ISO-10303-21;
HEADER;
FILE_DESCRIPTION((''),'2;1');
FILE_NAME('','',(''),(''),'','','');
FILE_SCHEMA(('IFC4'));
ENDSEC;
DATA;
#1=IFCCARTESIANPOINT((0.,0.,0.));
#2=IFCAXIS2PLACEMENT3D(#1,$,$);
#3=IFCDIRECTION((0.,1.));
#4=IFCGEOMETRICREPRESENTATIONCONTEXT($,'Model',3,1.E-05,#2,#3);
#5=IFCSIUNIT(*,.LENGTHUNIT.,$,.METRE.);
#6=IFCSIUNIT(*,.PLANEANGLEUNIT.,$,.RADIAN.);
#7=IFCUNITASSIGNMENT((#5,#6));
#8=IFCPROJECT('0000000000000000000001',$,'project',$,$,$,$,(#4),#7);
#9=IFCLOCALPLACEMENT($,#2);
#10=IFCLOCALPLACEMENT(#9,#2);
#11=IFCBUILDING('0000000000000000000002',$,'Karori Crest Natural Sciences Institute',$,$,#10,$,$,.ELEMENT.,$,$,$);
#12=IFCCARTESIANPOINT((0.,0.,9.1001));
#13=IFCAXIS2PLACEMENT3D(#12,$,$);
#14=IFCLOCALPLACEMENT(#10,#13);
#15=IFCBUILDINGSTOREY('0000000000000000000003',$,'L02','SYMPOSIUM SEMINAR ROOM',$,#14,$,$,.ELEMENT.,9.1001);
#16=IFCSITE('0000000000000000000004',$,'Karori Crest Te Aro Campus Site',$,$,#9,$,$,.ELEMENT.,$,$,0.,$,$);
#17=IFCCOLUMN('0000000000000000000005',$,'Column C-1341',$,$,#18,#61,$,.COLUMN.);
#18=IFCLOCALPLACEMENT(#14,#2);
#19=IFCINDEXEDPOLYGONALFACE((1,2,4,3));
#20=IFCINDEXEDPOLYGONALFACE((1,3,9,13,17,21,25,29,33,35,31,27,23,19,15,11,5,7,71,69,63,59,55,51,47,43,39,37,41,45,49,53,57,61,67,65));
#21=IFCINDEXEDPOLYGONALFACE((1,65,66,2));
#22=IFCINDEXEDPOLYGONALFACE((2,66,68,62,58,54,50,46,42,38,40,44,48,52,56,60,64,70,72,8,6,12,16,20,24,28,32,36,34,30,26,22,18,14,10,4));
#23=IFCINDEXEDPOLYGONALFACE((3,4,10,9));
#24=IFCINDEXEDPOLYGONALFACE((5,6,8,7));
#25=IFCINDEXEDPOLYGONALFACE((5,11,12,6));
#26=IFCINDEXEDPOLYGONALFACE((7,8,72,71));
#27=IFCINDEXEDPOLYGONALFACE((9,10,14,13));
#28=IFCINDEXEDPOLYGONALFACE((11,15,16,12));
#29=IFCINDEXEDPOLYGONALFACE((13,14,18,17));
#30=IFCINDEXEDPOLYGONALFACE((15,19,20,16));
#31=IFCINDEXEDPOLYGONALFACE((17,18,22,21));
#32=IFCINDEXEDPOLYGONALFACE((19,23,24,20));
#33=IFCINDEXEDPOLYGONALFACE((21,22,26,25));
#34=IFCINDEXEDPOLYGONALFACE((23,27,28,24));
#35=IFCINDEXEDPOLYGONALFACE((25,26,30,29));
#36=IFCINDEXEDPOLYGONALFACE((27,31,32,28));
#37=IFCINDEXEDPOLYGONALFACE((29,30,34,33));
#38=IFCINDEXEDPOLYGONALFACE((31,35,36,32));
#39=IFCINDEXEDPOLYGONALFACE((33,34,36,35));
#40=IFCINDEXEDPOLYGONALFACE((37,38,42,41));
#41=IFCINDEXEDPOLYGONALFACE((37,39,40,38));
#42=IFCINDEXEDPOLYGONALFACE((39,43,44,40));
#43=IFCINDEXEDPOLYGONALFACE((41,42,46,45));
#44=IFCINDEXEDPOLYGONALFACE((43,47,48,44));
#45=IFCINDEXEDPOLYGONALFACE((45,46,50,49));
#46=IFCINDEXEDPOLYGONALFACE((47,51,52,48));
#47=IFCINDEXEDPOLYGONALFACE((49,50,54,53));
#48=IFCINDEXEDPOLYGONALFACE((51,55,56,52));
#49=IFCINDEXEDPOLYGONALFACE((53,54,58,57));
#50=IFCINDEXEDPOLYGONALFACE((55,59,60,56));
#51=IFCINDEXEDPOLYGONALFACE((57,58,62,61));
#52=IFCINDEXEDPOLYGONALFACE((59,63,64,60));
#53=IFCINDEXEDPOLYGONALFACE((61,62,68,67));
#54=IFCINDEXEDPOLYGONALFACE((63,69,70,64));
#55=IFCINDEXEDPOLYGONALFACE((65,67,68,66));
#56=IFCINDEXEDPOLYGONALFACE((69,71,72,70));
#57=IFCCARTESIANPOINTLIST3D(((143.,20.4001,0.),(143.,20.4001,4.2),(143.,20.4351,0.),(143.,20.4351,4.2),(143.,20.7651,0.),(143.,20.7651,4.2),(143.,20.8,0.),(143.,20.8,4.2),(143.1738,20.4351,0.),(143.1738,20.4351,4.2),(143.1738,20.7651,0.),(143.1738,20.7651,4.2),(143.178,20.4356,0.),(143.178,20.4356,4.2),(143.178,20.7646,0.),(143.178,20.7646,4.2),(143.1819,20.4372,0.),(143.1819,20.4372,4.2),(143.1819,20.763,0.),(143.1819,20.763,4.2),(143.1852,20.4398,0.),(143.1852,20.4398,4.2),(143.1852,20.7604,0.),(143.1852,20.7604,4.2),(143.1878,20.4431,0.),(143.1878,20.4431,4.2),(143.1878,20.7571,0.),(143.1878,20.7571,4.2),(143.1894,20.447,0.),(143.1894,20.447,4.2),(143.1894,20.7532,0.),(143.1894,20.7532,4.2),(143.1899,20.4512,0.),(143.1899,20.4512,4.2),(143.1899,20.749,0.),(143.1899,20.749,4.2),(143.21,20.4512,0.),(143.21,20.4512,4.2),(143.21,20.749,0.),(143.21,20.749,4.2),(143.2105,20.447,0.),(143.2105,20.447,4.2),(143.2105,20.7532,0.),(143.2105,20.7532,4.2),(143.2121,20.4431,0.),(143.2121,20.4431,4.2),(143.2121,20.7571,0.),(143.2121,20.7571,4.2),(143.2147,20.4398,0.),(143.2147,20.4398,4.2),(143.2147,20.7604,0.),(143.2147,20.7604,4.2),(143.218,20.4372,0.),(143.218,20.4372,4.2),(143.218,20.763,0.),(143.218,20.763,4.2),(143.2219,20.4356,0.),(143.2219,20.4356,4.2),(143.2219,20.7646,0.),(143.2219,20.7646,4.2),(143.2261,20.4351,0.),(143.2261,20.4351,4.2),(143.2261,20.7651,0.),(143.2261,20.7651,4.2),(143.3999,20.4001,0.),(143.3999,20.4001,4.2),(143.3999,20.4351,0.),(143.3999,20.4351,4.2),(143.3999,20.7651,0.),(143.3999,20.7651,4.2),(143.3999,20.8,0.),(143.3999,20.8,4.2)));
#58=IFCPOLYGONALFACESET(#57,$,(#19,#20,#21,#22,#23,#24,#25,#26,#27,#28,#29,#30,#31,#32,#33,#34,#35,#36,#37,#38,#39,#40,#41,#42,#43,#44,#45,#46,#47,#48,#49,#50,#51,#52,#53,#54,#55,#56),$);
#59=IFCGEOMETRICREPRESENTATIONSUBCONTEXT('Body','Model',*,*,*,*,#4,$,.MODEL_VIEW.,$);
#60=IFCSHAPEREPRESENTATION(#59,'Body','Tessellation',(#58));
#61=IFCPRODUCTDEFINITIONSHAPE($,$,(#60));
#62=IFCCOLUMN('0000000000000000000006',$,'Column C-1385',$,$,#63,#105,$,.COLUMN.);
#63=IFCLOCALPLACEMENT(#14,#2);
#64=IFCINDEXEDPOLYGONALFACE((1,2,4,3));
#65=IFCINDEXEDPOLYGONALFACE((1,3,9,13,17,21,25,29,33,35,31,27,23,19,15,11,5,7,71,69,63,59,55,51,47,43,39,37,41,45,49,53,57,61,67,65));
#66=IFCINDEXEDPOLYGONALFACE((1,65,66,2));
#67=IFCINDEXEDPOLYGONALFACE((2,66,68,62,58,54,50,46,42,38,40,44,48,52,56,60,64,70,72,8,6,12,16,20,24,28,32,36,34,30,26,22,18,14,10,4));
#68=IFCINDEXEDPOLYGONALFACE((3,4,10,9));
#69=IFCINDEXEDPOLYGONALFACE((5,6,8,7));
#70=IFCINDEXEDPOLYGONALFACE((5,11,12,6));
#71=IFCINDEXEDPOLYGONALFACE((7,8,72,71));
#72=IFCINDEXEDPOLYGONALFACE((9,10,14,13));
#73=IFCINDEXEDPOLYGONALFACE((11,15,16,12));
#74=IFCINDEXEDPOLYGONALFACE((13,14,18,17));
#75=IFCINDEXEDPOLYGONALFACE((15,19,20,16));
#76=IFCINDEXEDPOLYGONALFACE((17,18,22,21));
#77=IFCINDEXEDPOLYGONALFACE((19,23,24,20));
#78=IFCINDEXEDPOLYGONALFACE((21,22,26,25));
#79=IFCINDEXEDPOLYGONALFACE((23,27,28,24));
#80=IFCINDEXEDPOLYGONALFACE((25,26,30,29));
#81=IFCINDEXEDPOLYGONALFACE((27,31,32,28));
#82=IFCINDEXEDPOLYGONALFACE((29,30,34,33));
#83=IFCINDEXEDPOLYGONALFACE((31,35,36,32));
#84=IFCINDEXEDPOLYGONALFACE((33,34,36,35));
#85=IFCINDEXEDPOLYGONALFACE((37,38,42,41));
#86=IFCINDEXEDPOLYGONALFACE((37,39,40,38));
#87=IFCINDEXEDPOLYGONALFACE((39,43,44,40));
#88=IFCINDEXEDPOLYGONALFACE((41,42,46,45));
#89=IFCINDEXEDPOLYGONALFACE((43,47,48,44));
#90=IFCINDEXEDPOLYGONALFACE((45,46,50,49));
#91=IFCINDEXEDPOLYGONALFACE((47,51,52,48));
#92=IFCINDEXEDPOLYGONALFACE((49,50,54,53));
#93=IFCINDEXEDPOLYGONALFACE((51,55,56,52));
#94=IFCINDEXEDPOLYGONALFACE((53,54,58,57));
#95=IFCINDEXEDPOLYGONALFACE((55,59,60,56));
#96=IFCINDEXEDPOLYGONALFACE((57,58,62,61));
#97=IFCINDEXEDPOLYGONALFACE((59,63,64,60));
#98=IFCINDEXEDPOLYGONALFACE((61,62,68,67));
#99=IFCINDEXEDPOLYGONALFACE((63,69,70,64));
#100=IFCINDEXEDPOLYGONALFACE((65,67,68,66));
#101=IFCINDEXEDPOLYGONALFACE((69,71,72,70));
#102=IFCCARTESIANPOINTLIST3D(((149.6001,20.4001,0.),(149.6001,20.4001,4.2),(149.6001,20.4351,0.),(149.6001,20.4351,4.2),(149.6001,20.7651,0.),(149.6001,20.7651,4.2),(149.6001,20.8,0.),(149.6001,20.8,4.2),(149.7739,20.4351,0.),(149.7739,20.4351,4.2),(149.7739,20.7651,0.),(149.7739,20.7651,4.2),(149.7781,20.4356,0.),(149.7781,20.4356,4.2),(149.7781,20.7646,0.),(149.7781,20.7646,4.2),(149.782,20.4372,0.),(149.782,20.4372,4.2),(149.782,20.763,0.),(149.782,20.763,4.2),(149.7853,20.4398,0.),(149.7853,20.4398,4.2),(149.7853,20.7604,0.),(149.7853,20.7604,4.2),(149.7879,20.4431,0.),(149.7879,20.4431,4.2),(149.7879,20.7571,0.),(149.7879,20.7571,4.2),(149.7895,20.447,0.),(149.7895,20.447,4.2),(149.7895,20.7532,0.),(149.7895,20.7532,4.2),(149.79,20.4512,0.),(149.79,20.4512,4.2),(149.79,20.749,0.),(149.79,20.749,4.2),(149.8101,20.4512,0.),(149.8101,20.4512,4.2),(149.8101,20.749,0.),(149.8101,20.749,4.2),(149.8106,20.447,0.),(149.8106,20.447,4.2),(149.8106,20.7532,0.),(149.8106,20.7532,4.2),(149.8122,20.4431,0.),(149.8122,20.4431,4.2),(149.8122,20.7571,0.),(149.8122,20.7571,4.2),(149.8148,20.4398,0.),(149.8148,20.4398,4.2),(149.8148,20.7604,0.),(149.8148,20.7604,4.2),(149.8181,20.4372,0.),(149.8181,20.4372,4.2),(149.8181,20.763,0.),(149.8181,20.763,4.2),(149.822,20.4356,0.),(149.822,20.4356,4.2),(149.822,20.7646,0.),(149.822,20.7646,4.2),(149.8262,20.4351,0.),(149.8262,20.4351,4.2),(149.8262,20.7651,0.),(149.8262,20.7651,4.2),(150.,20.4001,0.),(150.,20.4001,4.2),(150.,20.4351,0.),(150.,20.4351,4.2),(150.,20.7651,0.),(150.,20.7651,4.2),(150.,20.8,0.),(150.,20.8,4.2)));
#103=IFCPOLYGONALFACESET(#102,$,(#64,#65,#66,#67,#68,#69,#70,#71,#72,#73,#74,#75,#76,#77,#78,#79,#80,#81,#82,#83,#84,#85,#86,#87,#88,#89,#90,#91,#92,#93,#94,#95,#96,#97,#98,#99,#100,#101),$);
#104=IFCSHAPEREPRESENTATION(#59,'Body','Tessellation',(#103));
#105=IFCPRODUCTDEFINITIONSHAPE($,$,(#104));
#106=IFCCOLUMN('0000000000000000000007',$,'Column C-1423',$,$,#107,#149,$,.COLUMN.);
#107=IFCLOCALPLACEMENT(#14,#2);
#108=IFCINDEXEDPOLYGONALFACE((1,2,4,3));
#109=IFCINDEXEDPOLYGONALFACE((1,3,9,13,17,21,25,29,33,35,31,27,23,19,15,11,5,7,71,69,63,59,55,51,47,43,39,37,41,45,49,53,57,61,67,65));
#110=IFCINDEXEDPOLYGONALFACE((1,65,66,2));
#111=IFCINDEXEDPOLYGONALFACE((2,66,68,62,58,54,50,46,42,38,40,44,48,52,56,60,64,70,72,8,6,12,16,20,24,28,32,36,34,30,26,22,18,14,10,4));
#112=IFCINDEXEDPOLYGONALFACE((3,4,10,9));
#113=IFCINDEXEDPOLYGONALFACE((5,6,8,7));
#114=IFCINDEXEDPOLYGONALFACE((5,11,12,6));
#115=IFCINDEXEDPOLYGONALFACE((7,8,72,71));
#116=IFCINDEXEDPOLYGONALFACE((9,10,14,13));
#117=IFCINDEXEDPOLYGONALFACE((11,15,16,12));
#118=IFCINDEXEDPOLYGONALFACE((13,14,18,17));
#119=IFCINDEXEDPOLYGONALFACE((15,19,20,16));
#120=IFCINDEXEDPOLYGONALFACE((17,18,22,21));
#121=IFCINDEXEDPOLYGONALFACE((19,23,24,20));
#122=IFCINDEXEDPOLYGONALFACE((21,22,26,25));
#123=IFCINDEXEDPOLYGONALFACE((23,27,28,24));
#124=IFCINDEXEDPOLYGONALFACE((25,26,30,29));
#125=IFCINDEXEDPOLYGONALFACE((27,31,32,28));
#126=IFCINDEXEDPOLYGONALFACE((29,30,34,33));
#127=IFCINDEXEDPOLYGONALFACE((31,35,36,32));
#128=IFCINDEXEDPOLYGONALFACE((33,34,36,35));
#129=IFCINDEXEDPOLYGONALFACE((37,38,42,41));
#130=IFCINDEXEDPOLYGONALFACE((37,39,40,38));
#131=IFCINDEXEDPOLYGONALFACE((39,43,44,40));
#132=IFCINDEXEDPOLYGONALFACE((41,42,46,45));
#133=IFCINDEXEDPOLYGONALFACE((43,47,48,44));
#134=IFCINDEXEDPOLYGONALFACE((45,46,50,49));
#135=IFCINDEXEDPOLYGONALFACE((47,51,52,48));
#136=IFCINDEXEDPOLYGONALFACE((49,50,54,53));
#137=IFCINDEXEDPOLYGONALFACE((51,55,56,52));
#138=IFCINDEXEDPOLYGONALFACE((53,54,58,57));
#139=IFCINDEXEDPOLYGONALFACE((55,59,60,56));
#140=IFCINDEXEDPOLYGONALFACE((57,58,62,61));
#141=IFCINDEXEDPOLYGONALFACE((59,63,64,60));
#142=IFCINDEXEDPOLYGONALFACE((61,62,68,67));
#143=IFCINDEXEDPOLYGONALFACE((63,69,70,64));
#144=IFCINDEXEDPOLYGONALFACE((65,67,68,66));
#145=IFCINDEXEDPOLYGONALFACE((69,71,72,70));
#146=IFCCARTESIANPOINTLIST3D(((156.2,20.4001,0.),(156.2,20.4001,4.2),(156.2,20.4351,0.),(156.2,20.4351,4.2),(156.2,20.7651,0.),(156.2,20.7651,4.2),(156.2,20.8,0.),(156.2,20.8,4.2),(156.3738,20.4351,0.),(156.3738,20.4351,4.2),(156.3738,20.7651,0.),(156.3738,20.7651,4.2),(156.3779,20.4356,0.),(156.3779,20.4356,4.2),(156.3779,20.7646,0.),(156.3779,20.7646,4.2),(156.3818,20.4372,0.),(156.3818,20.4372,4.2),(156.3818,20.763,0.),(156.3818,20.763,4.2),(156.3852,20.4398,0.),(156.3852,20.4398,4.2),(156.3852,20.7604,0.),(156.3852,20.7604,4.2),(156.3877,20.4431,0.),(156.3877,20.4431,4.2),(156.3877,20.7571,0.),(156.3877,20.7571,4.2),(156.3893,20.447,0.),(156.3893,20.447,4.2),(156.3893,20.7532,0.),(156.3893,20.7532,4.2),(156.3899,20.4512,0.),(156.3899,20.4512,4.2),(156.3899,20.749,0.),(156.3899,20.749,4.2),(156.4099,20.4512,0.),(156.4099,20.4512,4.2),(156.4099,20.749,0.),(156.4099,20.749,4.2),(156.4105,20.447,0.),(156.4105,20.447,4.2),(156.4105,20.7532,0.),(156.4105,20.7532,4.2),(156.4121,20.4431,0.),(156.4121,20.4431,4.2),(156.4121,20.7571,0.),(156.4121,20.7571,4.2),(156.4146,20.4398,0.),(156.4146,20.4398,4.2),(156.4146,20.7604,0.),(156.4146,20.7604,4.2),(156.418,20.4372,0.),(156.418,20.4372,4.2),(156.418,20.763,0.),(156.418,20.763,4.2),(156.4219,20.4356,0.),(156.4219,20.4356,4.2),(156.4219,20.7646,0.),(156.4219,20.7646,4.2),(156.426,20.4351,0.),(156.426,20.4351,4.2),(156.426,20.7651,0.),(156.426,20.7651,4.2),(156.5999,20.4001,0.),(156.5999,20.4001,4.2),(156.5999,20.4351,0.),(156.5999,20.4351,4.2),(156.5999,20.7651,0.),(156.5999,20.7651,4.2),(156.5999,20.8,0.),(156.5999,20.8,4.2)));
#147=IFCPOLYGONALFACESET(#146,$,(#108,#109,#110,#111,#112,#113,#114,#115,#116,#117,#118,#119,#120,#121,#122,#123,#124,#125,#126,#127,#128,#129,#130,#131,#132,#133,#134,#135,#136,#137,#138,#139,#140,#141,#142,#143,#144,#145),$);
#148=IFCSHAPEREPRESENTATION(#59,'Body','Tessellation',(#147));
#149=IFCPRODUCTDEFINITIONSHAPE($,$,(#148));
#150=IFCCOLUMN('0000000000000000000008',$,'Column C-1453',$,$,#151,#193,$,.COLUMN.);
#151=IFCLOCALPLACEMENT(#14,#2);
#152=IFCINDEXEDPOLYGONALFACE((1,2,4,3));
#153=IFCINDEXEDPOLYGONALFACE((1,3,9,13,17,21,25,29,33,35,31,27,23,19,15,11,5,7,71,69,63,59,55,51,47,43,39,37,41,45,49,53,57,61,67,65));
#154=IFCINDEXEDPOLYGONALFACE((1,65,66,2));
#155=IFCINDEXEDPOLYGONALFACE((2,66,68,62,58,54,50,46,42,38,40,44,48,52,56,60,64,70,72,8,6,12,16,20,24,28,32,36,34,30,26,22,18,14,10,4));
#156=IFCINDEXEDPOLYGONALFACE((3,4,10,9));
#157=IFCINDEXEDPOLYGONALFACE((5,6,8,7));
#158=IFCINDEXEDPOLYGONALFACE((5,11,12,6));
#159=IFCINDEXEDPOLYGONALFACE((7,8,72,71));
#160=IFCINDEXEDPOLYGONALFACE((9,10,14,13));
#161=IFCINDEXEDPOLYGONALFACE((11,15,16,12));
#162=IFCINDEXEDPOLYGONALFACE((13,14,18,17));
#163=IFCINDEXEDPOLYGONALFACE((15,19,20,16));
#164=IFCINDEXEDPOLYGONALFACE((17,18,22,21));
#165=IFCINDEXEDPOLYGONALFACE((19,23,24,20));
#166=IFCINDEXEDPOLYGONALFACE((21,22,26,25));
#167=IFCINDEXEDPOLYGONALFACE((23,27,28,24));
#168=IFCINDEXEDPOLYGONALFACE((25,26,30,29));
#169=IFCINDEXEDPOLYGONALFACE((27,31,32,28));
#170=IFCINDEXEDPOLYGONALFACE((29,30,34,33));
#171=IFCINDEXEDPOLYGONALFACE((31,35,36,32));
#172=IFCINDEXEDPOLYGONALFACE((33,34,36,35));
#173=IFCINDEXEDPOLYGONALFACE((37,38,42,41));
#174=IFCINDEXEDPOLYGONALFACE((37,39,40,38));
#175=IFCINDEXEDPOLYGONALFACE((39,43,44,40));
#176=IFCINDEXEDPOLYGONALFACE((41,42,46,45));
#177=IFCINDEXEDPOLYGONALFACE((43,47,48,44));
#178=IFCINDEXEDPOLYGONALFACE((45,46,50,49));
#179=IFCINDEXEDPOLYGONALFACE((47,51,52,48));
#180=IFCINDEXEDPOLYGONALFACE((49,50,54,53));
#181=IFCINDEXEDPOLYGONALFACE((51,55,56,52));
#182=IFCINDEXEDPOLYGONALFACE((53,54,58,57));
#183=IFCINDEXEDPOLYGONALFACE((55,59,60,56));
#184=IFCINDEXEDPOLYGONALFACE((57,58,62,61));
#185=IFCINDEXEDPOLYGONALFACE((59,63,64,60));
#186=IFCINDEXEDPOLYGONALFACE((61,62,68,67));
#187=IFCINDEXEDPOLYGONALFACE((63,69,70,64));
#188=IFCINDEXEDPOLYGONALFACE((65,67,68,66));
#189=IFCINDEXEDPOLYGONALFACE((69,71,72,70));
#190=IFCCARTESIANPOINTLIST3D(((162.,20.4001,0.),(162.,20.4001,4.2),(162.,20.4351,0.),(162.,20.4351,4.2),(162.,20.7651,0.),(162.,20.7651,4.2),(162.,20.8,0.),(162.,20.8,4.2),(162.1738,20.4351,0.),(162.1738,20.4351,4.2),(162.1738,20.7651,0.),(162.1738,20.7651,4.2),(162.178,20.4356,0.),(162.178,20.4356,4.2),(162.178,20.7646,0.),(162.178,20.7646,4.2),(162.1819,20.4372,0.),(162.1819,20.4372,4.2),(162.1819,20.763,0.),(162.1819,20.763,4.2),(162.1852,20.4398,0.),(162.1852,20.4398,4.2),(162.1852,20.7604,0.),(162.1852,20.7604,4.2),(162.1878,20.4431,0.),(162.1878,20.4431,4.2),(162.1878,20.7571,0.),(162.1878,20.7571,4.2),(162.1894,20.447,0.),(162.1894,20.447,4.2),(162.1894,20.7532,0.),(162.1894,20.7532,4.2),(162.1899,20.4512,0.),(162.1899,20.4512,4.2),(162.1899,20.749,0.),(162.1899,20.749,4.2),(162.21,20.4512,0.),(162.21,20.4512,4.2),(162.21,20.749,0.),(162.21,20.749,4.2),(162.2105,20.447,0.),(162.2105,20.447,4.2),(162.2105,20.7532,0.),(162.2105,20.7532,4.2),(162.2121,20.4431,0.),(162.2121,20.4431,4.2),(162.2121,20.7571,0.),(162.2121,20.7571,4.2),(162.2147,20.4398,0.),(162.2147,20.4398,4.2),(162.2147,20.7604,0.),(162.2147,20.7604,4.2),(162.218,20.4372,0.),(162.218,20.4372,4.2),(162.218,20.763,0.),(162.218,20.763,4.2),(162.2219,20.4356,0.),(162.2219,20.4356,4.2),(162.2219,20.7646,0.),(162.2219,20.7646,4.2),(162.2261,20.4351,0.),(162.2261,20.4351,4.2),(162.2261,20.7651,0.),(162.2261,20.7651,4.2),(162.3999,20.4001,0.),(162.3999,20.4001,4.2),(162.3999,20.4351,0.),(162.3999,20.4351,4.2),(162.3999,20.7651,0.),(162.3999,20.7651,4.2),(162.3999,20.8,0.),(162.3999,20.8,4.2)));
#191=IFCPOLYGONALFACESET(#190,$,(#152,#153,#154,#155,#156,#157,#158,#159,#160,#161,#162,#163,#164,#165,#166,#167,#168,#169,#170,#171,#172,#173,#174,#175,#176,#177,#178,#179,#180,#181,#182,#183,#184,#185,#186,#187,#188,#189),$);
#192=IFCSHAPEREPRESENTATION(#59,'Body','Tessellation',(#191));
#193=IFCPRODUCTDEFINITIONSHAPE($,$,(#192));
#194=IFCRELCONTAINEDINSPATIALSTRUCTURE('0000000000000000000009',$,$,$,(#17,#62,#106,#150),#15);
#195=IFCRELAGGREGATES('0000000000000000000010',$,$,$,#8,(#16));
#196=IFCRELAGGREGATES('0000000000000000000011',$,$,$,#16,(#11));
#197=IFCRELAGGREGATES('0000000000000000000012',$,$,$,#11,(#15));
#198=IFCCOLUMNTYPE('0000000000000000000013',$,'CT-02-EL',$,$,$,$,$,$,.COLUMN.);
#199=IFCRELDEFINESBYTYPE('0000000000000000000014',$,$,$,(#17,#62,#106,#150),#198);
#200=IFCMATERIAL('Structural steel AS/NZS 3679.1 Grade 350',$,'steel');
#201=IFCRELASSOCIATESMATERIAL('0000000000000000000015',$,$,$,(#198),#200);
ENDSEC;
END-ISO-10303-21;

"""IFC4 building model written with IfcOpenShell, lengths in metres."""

from ifc_helpers import new_model, si_unit, direction, frame, origin, origin_2d, place, context, subcontext, project, spatial, i_section, extrude, material, material_profile, profile_set, type_object, element, save


model = new_model("IFC4")

# Units and contexts
model_context = context("Model", 3, precision=1e-05, world=origin(), true_north=direction((0.0, 1.0)))
body_context = subcontext(model_context, "Body", "Model", "MODEL_VIEW")
ifc_project = project(units=[si_unit("LENGTHUNIT", "METRE"), si_unit("PLANEANGLEUNIT", "RADIAN")], contexts=[model_context])

# Site, building, storey
site_placement = place(None, origin())
site = spatial("IfcSite", under=ifc_project, at=site_placement, Name="Karori Crest Te Aro Campus Site", CompositionType="ELEMENT", RefElevation=0.0)
building_placement = place(site_placement, origin())
building = spatial("IfcBuilding", under=site, at=building_placement, Name="Karori Crest Natural Sciences Institute", CompositionType="ELEMENT")
storey_placement = place(building_placement, frame((0.0, 0.0, 9.1001)))
storey = spatial("IfcBuildingStorey", under=building, at=storey_placement, Name="L02", Description="SYMPOSIUM SEMINAR ROOM", CompositionType="ELEMENT", Elevation=9.1001)

# Columns
ifc_material_1 = material(Name="Structural steel AS/NZS 3679.1 Grade 350", Category="steel")
ifc_material_profile_1 = material_profile(ifc_material_1, i_section(OverallWidth=0.3999, OverallDepth=0.3999, WebThickness=0.02, FlangeThickness=0.0349, FilletRadius=0.0161, at=origin_2d()), Name="400WC328")
ifc_profile_set_1 = profile_set([ifc_material_profile_1], Name="Structural steel AS/NZS 3679.1 Grade 350")
column_type_1 = type_object("IfcColumnType", Name="CT-02-EL", PredefinedType="COLUMN", material=ifc_profile_set_1)
for number, where, z_axis, x_axis, name in (
    (1, (143.2, 20.6001, 0.0), (0.0, 0.0, 1.0), (1.0, 0.0, 0.0), "Column C-1341"),
    (2, (149.8, 20.6001, 0.0), (0.0, 0.0, 1.0), (1.0, 0.0, 0.0), "Column C-1385"),
    (3, (156.3999, 20.6001, 0.0), (0.0, 0.0, 1.0), (1.0, 0.0, 0.0), "Column C-1423"),
    (4, (162.2, 20.6001, 0.0), (0.0, 0.0, 1.0), (1.0, 0.0, 0.0), "Column C-1453"),
):
    element("IfcColumn", number, at=place(storey_placement, frame(where, z_axis=z_axis, x_axis=x_axis)), inside=storey, type_object=column_type_1, Name=name, PredefinedType="COLUMN", context=body_context, shape_type="SweptSolid", body=[
        extrude(i_section(OverallWidth=0.3999, OverallDepth=0.3999, WebThickness=0.02, FlangeThickness=0.0349, FilletRadius=0.0161, at=origin_2d()), origin(), (0.0, 0.0, 1.0), 4.2),
    ])

save(model, "model.ifc")
